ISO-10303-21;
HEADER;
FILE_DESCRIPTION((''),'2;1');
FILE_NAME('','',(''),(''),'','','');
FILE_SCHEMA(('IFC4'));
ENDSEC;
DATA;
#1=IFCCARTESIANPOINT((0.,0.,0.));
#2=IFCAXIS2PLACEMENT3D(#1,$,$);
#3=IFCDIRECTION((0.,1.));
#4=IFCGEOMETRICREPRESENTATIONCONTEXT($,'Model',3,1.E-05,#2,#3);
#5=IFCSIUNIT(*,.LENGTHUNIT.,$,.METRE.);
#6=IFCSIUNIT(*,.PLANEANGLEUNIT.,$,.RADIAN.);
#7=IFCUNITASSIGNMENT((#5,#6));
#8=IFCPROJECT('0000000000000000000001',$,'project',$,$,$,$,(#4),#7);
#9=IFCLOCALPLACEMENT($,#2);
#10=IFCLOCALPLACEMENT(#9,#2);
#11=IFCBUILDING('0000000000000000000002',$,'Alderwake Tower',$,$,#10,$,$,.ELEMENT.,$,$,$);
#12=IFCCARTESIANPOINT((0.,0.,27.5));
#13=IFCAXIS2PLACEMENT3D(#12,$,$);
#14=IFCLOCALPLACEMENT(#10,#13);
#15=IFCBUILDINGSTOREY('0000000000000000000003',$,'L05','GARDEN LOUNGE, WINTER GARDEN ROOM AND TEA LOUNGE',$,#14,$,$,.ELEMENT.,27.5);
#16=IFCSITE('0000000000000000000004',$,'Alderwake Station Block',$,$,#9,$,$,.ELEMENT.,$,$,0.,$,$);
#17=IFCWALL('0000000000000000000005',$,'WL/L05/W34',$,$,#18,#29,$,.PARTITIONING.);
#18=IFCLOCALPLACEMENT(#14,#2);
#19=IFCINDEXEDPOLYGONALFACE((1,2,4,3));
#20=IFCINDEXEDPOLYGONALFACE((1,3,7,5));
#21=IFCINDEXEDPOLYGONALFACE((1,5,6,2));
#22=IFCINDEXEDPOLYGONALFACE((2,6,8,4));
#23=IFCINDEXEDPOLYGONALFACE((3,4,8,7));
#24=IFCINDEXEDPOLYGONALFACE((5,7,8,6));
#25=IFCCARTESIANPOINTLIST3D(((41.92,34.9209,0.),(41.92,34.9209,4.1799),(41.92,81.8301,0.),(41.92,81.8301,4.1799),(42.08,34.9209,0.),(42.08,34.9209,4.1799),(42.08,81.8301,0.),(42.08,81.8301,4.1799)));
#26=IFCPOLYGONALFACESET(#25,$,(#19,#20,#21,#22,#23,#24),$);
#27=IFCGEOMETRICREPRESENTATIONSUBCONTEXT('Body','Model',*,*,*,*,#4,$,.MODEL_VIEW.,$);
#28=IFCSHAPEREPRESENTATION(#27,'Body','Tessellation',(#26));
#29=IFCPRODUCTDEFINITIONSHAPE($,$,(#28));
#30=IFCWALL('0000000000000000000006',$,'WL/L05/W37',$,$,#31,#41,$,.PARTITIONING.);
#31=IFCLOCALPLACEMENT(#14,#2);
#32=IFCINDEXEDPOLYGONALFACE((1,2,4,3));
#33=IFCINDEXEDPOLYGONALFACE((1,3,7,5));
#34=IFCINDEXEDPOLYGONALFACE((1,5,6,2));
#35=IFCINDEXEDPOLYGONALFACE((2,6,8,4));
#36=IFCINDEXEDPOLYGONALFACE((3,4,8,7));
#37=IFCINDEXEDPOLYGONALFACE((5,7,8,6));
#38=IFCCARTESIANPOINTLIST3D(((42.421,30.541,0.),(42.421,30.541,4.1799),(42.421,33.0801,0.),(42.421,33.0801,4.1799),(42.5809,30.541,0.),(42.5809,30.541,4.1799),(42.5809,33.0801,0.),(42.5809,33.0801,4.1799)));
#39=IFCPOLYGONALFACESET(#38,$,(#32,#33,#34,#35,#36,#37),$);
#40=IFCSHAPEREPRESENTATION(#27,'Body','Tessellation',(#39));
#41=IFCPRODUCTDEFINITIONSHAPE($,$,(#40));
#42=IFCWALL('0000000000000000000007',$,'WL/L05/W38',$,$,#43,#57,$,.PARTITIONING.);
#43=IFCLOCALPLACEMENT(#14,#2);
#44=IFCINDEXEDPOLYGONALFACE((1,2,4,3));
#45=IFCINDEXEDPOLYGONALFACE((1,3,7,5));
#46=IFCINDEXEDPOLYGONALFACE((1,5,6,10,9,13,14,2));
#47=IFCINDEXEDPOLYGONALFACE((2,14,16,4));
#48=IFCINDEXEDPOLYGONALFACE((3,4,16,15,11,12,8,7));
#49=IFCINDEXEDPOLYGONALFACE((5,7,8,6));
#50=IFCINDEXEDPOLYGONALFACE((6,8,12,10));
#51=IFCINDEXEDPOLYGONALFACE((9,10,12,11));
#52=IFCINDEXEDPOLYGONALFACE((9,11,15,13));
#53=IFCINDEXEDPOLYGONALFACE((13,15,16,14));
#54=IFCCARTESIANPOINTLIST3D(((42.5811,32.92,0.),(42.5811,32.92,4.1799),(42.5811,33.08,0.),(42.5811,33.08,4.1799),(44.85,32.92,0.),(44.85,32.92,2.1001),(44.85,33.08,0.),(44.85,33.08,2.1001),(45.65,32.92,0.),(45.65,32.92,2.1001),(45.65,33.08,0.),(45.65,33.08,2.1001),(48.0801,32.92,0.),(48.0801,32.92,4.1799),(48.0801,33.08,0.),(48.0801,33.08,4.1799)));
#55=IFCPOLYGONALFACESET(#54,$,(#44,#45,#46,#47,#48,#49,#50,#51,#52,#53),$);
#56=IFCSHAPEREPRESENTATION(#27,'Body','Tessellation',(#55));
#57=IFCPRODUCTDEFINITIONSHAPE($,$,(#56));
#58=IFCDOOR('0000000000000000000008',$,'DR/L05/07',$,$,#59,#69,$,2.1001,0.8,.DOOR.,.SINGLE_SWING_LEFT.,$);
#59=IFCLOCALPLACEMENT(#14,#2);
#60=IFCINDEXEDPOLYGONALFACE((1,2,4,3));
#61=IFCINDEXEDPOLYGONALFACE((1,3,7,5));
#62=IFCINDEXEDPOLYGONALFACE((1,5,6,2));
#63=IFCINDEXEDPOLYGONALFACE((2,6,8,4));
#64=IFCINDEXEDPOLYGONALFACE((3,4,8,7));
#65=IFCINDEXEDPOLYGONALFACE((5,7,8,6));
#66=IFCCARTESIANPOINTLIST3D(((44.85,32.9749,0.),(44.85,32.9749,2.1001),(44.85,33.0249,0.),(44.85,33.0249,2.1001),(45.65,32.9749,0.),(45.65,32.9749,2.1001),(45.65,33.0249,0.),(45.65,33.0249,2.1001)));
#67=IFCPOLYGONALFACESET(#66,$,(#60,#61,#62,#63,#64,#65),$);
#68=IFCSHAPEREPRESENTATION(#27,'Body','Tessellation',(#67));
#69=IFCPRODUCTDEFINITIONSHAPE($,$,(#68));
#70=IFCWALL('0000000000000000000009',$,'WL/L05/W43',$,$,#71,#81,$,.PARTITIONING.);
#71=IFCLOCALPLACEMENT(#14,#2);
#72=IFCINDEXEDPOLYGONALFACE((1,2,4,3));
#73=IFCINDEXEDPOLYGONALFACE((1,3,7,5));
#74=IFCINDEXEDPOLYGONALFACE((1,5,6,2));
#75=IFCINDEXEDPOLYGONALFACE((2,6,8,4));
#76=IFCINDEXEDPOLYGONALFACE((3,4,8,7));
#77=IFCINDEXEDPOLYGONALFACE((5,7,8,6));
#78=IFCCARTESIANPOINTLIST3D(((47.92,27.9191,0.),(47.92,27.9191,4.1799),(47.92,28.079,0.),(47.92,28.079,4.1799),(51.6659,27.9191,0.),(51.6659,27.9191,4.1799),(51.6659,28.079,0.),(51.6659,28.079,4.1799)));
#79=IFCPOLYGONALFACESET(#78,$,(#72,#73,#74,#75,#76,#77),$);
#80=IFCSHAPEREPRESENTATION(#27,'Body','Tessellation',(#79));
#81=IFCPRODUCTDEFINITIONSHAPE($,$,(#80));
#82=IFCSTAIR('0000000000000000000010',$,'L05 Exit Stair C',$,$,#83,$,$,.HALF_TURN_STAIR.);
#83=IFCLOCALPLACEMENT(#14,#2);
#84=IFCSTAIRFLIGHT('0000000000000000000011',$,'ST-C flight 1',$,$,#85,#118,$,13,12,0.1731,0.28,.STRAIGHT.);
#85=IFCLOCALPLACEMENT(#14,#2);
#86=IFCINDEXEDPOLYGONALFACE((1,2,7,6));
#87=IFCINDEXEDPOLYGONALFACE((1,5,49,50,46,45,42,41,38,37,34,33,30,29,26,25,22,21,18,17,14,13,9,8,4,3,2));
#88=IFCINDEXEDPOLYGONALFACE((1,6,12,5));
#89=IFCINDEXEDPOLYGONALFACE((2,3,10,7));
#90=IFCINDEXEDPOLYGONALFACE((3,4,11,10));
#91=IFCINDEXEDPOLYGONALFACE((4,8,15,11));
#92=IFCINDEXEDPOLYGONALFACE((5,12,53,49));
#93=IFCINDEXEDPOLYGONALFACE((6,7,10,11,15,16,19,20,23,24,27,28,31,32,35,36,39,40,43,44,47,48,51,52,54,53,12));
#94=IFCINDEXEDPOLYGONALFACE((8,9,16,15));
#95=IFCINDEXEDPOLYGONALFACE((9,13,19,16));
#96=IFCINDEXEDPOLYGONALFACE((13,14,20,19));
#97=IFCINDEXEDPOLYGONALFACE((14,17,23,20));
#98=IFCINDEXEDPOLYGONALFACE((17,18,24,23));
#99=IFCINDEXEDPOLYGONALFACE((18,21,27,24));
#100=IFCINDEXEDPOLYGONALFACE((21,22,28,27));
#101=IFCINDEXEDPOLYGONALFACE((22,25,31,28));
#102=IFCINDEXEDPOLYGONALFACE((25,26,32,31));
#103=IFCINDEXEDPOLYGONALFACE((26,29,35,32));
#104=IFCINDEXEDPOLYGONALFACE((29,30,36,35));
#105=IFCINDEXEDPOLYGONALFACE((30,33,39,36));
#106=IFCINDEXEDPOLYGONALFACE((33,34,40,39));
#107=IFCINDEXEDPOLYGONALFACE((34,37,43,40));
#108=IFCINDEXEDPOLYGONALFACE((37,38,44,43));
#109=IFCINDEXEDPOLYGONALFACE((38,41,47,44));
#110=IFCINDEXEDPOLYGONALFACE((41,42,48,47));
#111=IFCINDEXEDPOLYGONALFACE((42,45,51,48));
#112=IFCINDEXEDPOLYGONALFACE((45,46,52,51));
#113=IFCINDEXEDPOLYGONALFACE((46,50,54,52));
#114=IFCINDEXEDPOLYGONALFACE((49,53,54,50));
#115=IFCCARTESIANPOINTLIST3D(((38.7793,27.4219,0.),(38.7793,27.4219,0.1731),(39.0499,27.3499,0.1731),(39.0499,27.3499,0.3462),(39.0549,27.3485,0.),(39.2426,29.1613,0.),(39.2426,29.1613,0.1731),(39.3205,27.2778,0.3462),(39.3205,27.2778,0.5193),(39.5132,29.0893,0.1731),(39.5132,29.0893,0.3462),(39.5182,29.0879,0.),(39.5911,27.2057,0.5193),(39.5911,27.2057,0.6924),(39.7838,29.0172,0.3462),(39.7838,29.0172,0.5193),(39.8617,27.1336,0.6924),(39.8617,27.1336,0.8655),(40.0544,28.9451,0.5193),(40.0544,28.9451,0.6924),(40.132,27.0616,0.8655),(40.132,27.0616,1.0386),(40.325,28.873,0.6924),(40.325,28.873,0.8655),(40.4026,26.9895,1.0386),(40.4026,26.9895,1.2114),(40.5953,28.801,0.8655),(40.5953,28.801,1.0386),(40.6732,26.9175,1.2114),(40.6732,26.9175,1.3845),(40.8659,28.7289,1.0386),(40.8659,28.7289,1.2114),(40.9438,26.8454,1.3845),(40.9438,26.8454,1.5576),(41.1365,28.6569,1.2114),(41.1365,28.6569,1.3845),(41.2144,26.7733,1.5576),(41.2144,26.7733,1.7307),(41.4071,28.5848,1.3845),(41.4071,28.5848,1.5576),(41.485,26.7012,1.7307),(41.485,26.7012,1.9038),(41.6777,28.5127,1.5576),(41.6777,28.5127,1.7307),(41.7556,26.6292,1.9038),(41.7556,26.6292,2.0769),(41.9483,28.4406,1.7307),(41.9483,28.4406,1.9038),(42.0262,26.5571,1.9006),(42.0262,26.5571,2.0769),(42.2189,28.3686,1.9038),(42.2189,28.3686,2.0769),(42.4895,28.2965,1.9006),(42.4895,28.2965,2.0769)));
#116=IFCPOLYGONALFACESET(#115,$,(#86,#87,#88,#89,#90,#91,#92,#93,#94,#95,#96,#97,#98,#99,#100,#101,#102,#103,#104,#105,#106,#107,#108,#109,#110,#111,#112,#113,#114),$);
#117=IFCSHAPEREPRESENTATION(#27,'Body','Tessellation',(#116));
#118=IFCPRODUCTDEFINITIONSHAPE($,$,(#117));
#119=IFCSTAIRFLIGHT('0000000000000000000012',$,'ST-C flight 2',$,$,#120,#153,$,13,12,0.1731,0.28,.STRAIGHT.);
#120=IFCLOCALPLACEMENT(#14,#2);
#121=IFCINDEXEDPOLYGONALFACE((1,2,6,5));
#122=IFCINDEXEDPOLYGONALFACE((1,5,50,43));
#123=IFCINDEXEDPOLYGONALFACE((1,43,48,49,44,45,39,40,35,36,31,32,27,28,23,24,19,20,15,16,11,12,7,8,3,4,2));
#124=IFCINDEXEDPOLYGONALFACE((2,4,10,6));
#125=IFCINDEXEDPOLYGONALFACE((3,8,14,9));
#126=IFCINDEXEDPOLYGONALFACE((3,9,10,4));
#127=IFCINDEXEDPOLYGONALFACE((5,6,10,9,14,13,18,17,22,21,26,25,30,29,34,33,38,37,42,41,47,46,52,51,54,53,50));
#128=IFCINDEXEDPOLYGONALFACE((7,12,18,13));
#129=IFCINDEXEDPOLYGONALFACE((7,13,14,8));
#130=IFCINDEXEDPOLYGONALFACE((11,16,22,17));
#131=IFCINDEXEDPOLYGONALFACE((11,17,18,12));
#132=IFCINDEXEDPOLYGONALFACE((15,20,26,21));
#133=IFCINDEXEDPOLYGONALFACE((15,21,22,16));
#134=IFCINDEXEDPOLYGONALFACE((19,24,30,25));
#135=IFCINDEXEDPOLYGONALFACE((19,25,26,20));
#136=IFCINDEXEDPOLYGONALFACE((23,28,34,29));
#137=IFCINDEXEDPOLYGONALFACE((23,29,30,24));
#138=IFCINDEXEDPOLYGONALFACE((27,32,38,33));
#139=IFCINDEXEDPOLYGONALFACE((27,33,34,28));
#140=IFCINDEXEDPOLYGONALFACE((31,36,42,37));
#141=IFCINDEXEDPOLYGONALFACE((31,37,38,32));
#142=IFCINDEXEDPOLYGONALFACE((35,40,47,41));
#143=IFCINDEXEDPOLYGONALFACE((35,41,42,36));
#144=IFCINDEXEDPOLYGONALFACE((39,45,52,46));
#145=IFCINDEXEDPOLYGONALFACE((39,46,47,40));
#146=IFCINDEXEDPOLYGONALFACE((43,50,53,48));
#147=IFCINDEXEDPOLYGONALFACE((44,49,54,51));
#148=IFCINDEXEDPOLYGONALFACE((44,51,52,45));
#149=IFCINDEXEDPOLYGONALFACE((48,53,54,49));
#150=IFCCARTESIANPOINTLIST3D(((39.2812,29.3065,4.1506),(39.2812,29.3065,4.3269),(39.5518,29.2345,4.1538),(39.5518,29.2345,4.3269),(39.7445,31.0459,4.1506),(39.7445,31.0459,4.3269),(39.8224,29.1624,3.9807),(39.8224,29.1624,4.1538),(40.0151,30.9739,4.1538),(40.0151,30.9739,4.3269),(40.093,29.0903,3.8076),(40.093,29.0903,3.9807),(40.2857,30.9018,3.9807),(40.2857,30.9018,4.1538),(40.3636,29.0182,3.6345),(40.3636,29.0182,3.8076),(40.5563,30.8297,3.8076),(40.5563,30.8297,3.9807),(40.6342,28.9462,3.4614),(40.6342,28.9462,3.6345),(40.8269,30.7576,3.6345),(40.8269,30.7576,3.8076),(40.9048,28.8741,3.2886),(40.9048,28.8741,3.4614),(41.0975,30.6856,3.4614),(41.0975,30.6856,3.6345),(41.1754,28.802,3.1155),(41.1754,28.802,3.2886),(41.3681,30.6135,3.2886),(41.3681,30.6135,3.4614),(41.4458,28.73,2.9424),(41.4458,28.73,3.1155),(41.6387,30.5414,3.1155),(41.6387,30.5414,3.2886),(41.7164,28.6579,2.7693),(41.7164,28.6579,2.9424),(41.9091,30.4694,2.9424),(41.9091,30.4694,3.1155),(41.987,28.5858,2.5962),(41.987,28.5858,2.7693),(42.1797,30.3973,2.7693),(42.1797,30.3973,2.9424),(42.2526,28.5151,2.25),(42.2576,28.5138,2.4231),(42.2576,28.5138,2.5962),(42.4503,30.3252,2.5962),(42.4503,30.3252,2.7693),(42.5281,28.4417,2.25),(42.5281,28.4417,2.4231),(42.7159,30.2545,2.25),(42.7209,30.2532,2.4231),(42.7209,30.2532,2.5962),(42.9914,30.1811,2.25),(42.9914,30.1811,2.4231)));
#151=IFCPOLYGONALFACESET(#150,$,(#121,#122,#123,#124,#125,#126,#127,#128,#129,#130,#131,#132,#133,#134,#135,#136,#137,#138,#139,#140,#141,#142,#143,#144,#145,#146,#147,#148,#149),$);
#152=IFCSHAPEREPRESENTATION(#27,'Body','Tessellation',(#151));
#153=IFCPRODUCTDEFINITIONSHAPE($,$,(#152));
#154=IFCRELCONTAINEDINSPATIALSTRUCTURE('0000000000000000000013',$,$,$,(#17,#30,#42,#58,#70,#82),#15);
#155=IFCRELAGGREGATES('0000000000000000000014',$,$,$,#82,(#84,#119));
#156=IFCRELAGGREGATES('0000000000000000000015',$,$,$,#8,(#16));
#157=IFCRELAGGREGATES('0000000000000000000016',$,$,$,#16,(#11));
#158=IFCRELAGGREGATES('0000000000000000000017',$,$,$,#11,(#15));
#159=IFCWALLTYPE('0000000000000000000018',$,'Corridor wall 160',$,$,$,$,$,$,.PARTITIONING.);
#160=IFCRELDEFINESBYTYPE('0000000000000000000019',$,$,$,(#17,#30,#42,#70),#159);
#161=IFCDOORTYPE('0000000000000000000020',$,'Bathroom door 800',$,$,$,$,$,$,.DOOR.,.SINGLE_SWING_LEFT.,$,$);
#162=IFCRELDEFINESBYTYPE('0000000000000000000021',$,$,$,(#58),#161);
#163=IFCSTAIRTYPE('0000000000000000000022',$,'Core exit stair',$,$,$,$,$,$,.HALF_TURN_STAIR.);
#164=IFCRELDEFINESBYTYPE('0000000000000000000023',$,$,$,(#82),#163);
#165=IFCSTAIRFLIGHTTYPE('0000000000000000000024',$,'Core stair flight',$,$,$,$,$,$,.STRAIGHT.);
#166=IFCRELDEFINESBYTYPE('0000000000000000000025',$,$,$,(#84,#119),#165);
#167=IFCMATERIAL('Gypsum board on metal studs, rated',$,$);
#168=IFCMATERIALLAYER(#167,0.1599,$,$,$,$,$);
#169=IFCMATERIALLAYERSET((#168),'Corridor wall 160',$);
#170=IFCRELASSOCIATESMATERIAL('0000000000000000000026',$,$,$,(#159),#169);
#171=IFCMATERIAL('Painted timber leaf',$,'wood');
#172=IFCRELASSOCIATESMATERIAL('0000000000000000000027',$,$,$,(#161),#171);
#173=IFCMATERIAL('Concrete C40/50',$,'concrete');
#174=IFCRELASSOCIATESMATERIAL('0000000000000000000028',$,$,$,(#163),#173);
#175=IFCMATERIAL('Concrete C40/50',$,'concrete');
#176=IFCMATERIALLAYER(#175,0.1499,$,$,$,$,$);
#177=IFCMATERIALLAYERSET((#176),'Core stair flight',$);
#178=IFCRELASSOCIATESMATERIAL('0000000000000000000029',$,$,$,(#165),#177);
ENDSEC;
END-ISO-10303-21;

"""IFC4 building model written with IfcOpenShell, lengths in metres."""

from ifc_helpers import new_model, si_unit, direction, frame, frame_2d, origin, place, context, subcontext, project, spatial, polyline, rectangle, outline, extrude, material, layer, layer_set, type_object, element, fill, aggregate, save


model = new_model("IFC4")

# Units and contexts
model_context = context("Model", 3, precision=1e-05, world=origin(), true_north=direction((0.0, 1.0)))
body_context = subcontext(model_context, "Body", "Model", "MODEL_VIEW")
ifc_project = project(units=[si_unit("LENGTHUNIT", "METRE"), si_unit("PLANEANGLEUNIT", "RADIAN")], contexts=[model_context])

# Site, building, storey
site_placement = place(None, origin())
site = spatial("IfcSite", under=ifc_project, at=site_placement, Name="Alderwake Station Block", CompositionType="ELEMENT", RefElevation=0.0)
building_placement = place(site_placement, origin())
building = spatial("IfcBuilding", under=site, at=building_placement, Name="Alderwake Tower", CompositionType="ELEMENT")
storey_placement = place(building_placement, frame((0.0, 0.0, 27.5)))
storey = spatial("IfcBuildingStorey", under=building, at=storey_placement, Name="L05", Description="GARDEN LOUNGE, WINTER GARDEN ROOM AND TEA LOUNGE", CompositionType="ELEMENT", Elevation=27.5)

# Walls
ifc_material_1 = material(Name="Gypsum board on metal studs, rated")
ifc_layer_1 = layer(ifc_material_1, 0.1599)
ifc_layer_set_1 = layer_set([ifc_layer_1], Name="Corridor wall 160")
wall_type_1 = type_object("IfcWallType", Name="Corridor wall 160", PredefinedType="PARTITIONING", material=ifc_layer_set_1)
wall_1_placement = place(storey_placement, frame((42.0, 34.9209, 0.0), z_axis=(0.0, 0.0, 1.0), x_axis=(0.0, 1.0, 0.0)))
element("IfcWall", 1, at=wall_1_placement, inside=storey, type_object=wall_type_1, Name="WL/L05/W34", PredefinedType="PARTITIONING", context=body_context, shape_type="SweptSolid", body=[
    extrude(rectangle(XDim=46.9092, YDim=0.1599, at=frame_2d((23.4546, 0.0))), origin(), (0.0, 0.0, 1.0), 4.1799),
])
wall_2_placement = place(storey_placement, frame((42.501, 30.541, 0.0), z_axis=(0.0, 0.0, 1.0), x_axis=(0.0, 1.0, 0.0)))
element("IfcWall", 2, at=wall_2_placement, inside=storey, type_object=wall_type_1, Name="WL/L05/W37", PredefinedType="PARTITIONING", context=body_context, shape_type="SweptSolid", body=[
    extrude(rectangle(XDim=2.5391, YDim=0.1599, at=frame_2d((1.2695, 0.0))), origin(), (0.0, 0.0, 1.0), 4.1799),
])

# Wall, opening, door
wall_3_placement = place(storey_placement, frame((42.5811, 33.0, 0.0), z_axis=(0.0, 0.0, 1.0), x_axis=(1.0, 0.0, 0.0)))
wall_3 = element("IfcWall", 3, at=wall_3_placement, inside=storey, type_object=wall_type_1, Name="WL/L05/W38", PredefinedType="PARTITIONING", context=body_context, shape_type="SweptSolid", body=[
    extrude(rectangle(XDim=5.499, YDim=0.1599, at=frame_2d((2.7495, 0.0))), origin(), (0.0, 0.0, 1.0), 4.1799),
])
opening_1_placement = place(wall_3_placement, frame((2.269, 0.0, 0.0)))
opening_1 = element("IfcOpeningElement", 4, at=opening_1_placement, cuts=wall_3, PredefinedType="OPENING", context=body_context, shape_type="SweptSolid", body=[
    extrude(rectangle(XDim=0.8, YDim=2.1001, at=frame_2d((0.3999, 1.05))), frame((0.0, 0.0898, 0.0), z_axis=(0.0, -1.0, 0.0), x_axis=(1.0, 0.0, 0.0)), (0.0, 0.0, 1.0), 0.1799),
])
ifc_material_2 = material(Name="Painted timber leaf", Category="wood")
door_type_1 = type_object("IfcDoorType", Name="Bathroom door 800", OperationType="SINGLE_SWING_LEFT", PredefinedType="DOOR", material=ifc_material_2)
door_1_placement = place(opening_1_placement, origin())
door_1 = element("IfcDoor", 5, at=door_1_placement, inside=storey, type_object=door_type_1, Name="DR/L05/07", OperationType="SINGLE_SWING_LEFT", OverallHeight=2.1001, OverallWidth=0.8, PredefinedType="DOOR", context=body_context, shape_type="SweptSolid", body=[
    extrude(rectangle(XDim=0.8, YDim=2.1001, at=frame_2d((0.3999, 1.05))), frame((0.0, 0.0249, 0.0), z_axis=(0.0, -1.0, 0.0), x_axis=(1.0, 0.0, 0.0)), (0.0, 0.0, 1.0), 0.05),
])
fill(opening_1, door_1)

# Wall
wall_4_placement = place(storey_placement, frame((47.9199, 27.999, 0.0), z_axis=(0.0, 0.0, 1.0), x_axis=(1.0, 0.0, 0.0)))
element("IfcWall", 6, at=wall_4_placement, inside=storey, type_object=wall_type_1, Name="WL/L05/W43", PredefinedType="PARTITIONING", context=body_context, shape_type="SweptSolid", body=[
    extrude(rectangle(XDim=3.7458, YDim=0.1599, at=frame_2d((1.873, 0.0))), origin(), (0.0, 0.0, 1.0), 4.1799),
])

# Stair, stair flights
ifc_material_3 = material(Name="Concrete C40/50", Category="concrete")
stair_type = type_object("IfcStairType", Name="Core exit stair", PredefinedType="HALF_TURN_STAIR", material=ifc_material_3)
stair_placement = place(storey_placement, origin())
stair = element("IfcStair", 7, at=stair_placement, inside=storey, type_object=stair_type, Name="L05 Exit Stair C", PredefinedType="HALF_TURN_STAIR")
ifc_material_4 = material(Name="Concrete C40/50", Category="concrete")
ifc_layer_2 = layer(ifc_material_4, 0.1499)
ifc_layer_set_2 = layer_set([ifc_layer_2], Name="Core stair flight")
stair_flight_type = type_object("IfcStairFlightType", Name="Core stair flight", PredefinedType="STRAIGHT", material=ifc_layer_set_2)
stair_flight_1_placement = place(storey_placement, frame((39.011, 28.2917, 0.0), z_axis=(0.0, 0.0, 1.0), x_axis=(0.96631, -0.257382, 0.0)))
stair_flight_1 = element("IfcStairFlight", 8, at=stair_flight_1_placement, type_object=stair_flight_type, Name="ST-C flight 1", NumberOfRisers=13, NumberOfTreads=12, PredefinedType="STRAIGHT", RiserHeight=0.1731, TreadLength=0.28, context=body_context, shape_type="SweptSolid", body=[
    extrude(outline(polyline([(0.0, 0.0), (0.0, 0.1731), (0.28, 0.1731), (0.28, 0.3462), (0.5601, 0.3462), (0.5601, 0.5193), (0.8401, 0.5193), (0.8401, 0.6924), (1.1201, 0.6924), (1.1201, 0.8655), (1.3999, 0.8655), (1.3999, 1.0386), (1.6799, 1.0386), (1.6799, 1.2114), (1.96, 1.2114), (1.96, 1.3845), (2.24, 1.3845), (2.24, 1.5576), (2.52, 1.5576), (2.52, 1.7307), (2.8, 1.7307), (2.8, 1.9038), (3.0801, 1.9038), (3.0801, 2.0769), (3.3601, 2.0769), (3.3601, 2.25), (3.3601, 1.9006), (0.2852, 0.0), (0.0, 0.0)])), frame((0.0, 0.8999, 0.0), z_axis=(0.0, -1.0, 0.0), x_axis=(1.0, 0.0, 0.0)), (0.0, 0.0, 1.0), 1.8),
])
stair_flight_2_placement = place(storey_placement, frame((42.7598, 29.3113, 2.25), z_axis=(0.0, 0.0, 1.0), x_axis=(-0.96631, 0.257382, 0.0)))
stair_flight_2 = element("IfcStairFlight", 9, at=stair_flight_2_placement, type_object=stair_flight_type, Name="ST-C flight 2", NumberOfRisers=13, NumberOfTreads=12, PredefinedType="STRAIGHT", RiserHeight=0.1731, TreadLength=0.28, context=body_context, shape_type="SweptSolid", body=[
    extrude(outline(polyline([(0.0, 0.0), (0.0, 0.1731), (0.28, 0.1731), (0.28, 0.3462), (0.5601, 0.3462), (0.5601, 0.5193), (0.8401, 0.5193), (0.8401, 0.6924), (1.1201, 0.6924), (1.1201, 0.8655), (1.3999, 0.8655), (1.3999, 1.0386), (1.6799, 1.0386), (1.6799, 1.2114), (1.96, 1.2114), (1.96, 1.3845), (2.24, 1.3845), (2.24, 1.5576), (2.52, 1.5576), (2.52, 1.7307), (2.8, 1.7307), (2.8, 1.9038), (3.0801, 1.9038), (3.0801, 2.0769), (3.3601, 2.0769), (3.3601, 2.25), (3.3601, 1.9006), (0.2852, 0.0), (0.0, 0.0)])), frame((0.0, 0.8999, 0.0), z_axis=(0.0, -1.0, 0.0), x_axis=(1.0, 0.0, 0.0)), (0.0, 0.0, 1.0), 1.8),
])
aggregate(stair, [stair_flight_1, stair_flight_2])

save(model, "model.ifc")
